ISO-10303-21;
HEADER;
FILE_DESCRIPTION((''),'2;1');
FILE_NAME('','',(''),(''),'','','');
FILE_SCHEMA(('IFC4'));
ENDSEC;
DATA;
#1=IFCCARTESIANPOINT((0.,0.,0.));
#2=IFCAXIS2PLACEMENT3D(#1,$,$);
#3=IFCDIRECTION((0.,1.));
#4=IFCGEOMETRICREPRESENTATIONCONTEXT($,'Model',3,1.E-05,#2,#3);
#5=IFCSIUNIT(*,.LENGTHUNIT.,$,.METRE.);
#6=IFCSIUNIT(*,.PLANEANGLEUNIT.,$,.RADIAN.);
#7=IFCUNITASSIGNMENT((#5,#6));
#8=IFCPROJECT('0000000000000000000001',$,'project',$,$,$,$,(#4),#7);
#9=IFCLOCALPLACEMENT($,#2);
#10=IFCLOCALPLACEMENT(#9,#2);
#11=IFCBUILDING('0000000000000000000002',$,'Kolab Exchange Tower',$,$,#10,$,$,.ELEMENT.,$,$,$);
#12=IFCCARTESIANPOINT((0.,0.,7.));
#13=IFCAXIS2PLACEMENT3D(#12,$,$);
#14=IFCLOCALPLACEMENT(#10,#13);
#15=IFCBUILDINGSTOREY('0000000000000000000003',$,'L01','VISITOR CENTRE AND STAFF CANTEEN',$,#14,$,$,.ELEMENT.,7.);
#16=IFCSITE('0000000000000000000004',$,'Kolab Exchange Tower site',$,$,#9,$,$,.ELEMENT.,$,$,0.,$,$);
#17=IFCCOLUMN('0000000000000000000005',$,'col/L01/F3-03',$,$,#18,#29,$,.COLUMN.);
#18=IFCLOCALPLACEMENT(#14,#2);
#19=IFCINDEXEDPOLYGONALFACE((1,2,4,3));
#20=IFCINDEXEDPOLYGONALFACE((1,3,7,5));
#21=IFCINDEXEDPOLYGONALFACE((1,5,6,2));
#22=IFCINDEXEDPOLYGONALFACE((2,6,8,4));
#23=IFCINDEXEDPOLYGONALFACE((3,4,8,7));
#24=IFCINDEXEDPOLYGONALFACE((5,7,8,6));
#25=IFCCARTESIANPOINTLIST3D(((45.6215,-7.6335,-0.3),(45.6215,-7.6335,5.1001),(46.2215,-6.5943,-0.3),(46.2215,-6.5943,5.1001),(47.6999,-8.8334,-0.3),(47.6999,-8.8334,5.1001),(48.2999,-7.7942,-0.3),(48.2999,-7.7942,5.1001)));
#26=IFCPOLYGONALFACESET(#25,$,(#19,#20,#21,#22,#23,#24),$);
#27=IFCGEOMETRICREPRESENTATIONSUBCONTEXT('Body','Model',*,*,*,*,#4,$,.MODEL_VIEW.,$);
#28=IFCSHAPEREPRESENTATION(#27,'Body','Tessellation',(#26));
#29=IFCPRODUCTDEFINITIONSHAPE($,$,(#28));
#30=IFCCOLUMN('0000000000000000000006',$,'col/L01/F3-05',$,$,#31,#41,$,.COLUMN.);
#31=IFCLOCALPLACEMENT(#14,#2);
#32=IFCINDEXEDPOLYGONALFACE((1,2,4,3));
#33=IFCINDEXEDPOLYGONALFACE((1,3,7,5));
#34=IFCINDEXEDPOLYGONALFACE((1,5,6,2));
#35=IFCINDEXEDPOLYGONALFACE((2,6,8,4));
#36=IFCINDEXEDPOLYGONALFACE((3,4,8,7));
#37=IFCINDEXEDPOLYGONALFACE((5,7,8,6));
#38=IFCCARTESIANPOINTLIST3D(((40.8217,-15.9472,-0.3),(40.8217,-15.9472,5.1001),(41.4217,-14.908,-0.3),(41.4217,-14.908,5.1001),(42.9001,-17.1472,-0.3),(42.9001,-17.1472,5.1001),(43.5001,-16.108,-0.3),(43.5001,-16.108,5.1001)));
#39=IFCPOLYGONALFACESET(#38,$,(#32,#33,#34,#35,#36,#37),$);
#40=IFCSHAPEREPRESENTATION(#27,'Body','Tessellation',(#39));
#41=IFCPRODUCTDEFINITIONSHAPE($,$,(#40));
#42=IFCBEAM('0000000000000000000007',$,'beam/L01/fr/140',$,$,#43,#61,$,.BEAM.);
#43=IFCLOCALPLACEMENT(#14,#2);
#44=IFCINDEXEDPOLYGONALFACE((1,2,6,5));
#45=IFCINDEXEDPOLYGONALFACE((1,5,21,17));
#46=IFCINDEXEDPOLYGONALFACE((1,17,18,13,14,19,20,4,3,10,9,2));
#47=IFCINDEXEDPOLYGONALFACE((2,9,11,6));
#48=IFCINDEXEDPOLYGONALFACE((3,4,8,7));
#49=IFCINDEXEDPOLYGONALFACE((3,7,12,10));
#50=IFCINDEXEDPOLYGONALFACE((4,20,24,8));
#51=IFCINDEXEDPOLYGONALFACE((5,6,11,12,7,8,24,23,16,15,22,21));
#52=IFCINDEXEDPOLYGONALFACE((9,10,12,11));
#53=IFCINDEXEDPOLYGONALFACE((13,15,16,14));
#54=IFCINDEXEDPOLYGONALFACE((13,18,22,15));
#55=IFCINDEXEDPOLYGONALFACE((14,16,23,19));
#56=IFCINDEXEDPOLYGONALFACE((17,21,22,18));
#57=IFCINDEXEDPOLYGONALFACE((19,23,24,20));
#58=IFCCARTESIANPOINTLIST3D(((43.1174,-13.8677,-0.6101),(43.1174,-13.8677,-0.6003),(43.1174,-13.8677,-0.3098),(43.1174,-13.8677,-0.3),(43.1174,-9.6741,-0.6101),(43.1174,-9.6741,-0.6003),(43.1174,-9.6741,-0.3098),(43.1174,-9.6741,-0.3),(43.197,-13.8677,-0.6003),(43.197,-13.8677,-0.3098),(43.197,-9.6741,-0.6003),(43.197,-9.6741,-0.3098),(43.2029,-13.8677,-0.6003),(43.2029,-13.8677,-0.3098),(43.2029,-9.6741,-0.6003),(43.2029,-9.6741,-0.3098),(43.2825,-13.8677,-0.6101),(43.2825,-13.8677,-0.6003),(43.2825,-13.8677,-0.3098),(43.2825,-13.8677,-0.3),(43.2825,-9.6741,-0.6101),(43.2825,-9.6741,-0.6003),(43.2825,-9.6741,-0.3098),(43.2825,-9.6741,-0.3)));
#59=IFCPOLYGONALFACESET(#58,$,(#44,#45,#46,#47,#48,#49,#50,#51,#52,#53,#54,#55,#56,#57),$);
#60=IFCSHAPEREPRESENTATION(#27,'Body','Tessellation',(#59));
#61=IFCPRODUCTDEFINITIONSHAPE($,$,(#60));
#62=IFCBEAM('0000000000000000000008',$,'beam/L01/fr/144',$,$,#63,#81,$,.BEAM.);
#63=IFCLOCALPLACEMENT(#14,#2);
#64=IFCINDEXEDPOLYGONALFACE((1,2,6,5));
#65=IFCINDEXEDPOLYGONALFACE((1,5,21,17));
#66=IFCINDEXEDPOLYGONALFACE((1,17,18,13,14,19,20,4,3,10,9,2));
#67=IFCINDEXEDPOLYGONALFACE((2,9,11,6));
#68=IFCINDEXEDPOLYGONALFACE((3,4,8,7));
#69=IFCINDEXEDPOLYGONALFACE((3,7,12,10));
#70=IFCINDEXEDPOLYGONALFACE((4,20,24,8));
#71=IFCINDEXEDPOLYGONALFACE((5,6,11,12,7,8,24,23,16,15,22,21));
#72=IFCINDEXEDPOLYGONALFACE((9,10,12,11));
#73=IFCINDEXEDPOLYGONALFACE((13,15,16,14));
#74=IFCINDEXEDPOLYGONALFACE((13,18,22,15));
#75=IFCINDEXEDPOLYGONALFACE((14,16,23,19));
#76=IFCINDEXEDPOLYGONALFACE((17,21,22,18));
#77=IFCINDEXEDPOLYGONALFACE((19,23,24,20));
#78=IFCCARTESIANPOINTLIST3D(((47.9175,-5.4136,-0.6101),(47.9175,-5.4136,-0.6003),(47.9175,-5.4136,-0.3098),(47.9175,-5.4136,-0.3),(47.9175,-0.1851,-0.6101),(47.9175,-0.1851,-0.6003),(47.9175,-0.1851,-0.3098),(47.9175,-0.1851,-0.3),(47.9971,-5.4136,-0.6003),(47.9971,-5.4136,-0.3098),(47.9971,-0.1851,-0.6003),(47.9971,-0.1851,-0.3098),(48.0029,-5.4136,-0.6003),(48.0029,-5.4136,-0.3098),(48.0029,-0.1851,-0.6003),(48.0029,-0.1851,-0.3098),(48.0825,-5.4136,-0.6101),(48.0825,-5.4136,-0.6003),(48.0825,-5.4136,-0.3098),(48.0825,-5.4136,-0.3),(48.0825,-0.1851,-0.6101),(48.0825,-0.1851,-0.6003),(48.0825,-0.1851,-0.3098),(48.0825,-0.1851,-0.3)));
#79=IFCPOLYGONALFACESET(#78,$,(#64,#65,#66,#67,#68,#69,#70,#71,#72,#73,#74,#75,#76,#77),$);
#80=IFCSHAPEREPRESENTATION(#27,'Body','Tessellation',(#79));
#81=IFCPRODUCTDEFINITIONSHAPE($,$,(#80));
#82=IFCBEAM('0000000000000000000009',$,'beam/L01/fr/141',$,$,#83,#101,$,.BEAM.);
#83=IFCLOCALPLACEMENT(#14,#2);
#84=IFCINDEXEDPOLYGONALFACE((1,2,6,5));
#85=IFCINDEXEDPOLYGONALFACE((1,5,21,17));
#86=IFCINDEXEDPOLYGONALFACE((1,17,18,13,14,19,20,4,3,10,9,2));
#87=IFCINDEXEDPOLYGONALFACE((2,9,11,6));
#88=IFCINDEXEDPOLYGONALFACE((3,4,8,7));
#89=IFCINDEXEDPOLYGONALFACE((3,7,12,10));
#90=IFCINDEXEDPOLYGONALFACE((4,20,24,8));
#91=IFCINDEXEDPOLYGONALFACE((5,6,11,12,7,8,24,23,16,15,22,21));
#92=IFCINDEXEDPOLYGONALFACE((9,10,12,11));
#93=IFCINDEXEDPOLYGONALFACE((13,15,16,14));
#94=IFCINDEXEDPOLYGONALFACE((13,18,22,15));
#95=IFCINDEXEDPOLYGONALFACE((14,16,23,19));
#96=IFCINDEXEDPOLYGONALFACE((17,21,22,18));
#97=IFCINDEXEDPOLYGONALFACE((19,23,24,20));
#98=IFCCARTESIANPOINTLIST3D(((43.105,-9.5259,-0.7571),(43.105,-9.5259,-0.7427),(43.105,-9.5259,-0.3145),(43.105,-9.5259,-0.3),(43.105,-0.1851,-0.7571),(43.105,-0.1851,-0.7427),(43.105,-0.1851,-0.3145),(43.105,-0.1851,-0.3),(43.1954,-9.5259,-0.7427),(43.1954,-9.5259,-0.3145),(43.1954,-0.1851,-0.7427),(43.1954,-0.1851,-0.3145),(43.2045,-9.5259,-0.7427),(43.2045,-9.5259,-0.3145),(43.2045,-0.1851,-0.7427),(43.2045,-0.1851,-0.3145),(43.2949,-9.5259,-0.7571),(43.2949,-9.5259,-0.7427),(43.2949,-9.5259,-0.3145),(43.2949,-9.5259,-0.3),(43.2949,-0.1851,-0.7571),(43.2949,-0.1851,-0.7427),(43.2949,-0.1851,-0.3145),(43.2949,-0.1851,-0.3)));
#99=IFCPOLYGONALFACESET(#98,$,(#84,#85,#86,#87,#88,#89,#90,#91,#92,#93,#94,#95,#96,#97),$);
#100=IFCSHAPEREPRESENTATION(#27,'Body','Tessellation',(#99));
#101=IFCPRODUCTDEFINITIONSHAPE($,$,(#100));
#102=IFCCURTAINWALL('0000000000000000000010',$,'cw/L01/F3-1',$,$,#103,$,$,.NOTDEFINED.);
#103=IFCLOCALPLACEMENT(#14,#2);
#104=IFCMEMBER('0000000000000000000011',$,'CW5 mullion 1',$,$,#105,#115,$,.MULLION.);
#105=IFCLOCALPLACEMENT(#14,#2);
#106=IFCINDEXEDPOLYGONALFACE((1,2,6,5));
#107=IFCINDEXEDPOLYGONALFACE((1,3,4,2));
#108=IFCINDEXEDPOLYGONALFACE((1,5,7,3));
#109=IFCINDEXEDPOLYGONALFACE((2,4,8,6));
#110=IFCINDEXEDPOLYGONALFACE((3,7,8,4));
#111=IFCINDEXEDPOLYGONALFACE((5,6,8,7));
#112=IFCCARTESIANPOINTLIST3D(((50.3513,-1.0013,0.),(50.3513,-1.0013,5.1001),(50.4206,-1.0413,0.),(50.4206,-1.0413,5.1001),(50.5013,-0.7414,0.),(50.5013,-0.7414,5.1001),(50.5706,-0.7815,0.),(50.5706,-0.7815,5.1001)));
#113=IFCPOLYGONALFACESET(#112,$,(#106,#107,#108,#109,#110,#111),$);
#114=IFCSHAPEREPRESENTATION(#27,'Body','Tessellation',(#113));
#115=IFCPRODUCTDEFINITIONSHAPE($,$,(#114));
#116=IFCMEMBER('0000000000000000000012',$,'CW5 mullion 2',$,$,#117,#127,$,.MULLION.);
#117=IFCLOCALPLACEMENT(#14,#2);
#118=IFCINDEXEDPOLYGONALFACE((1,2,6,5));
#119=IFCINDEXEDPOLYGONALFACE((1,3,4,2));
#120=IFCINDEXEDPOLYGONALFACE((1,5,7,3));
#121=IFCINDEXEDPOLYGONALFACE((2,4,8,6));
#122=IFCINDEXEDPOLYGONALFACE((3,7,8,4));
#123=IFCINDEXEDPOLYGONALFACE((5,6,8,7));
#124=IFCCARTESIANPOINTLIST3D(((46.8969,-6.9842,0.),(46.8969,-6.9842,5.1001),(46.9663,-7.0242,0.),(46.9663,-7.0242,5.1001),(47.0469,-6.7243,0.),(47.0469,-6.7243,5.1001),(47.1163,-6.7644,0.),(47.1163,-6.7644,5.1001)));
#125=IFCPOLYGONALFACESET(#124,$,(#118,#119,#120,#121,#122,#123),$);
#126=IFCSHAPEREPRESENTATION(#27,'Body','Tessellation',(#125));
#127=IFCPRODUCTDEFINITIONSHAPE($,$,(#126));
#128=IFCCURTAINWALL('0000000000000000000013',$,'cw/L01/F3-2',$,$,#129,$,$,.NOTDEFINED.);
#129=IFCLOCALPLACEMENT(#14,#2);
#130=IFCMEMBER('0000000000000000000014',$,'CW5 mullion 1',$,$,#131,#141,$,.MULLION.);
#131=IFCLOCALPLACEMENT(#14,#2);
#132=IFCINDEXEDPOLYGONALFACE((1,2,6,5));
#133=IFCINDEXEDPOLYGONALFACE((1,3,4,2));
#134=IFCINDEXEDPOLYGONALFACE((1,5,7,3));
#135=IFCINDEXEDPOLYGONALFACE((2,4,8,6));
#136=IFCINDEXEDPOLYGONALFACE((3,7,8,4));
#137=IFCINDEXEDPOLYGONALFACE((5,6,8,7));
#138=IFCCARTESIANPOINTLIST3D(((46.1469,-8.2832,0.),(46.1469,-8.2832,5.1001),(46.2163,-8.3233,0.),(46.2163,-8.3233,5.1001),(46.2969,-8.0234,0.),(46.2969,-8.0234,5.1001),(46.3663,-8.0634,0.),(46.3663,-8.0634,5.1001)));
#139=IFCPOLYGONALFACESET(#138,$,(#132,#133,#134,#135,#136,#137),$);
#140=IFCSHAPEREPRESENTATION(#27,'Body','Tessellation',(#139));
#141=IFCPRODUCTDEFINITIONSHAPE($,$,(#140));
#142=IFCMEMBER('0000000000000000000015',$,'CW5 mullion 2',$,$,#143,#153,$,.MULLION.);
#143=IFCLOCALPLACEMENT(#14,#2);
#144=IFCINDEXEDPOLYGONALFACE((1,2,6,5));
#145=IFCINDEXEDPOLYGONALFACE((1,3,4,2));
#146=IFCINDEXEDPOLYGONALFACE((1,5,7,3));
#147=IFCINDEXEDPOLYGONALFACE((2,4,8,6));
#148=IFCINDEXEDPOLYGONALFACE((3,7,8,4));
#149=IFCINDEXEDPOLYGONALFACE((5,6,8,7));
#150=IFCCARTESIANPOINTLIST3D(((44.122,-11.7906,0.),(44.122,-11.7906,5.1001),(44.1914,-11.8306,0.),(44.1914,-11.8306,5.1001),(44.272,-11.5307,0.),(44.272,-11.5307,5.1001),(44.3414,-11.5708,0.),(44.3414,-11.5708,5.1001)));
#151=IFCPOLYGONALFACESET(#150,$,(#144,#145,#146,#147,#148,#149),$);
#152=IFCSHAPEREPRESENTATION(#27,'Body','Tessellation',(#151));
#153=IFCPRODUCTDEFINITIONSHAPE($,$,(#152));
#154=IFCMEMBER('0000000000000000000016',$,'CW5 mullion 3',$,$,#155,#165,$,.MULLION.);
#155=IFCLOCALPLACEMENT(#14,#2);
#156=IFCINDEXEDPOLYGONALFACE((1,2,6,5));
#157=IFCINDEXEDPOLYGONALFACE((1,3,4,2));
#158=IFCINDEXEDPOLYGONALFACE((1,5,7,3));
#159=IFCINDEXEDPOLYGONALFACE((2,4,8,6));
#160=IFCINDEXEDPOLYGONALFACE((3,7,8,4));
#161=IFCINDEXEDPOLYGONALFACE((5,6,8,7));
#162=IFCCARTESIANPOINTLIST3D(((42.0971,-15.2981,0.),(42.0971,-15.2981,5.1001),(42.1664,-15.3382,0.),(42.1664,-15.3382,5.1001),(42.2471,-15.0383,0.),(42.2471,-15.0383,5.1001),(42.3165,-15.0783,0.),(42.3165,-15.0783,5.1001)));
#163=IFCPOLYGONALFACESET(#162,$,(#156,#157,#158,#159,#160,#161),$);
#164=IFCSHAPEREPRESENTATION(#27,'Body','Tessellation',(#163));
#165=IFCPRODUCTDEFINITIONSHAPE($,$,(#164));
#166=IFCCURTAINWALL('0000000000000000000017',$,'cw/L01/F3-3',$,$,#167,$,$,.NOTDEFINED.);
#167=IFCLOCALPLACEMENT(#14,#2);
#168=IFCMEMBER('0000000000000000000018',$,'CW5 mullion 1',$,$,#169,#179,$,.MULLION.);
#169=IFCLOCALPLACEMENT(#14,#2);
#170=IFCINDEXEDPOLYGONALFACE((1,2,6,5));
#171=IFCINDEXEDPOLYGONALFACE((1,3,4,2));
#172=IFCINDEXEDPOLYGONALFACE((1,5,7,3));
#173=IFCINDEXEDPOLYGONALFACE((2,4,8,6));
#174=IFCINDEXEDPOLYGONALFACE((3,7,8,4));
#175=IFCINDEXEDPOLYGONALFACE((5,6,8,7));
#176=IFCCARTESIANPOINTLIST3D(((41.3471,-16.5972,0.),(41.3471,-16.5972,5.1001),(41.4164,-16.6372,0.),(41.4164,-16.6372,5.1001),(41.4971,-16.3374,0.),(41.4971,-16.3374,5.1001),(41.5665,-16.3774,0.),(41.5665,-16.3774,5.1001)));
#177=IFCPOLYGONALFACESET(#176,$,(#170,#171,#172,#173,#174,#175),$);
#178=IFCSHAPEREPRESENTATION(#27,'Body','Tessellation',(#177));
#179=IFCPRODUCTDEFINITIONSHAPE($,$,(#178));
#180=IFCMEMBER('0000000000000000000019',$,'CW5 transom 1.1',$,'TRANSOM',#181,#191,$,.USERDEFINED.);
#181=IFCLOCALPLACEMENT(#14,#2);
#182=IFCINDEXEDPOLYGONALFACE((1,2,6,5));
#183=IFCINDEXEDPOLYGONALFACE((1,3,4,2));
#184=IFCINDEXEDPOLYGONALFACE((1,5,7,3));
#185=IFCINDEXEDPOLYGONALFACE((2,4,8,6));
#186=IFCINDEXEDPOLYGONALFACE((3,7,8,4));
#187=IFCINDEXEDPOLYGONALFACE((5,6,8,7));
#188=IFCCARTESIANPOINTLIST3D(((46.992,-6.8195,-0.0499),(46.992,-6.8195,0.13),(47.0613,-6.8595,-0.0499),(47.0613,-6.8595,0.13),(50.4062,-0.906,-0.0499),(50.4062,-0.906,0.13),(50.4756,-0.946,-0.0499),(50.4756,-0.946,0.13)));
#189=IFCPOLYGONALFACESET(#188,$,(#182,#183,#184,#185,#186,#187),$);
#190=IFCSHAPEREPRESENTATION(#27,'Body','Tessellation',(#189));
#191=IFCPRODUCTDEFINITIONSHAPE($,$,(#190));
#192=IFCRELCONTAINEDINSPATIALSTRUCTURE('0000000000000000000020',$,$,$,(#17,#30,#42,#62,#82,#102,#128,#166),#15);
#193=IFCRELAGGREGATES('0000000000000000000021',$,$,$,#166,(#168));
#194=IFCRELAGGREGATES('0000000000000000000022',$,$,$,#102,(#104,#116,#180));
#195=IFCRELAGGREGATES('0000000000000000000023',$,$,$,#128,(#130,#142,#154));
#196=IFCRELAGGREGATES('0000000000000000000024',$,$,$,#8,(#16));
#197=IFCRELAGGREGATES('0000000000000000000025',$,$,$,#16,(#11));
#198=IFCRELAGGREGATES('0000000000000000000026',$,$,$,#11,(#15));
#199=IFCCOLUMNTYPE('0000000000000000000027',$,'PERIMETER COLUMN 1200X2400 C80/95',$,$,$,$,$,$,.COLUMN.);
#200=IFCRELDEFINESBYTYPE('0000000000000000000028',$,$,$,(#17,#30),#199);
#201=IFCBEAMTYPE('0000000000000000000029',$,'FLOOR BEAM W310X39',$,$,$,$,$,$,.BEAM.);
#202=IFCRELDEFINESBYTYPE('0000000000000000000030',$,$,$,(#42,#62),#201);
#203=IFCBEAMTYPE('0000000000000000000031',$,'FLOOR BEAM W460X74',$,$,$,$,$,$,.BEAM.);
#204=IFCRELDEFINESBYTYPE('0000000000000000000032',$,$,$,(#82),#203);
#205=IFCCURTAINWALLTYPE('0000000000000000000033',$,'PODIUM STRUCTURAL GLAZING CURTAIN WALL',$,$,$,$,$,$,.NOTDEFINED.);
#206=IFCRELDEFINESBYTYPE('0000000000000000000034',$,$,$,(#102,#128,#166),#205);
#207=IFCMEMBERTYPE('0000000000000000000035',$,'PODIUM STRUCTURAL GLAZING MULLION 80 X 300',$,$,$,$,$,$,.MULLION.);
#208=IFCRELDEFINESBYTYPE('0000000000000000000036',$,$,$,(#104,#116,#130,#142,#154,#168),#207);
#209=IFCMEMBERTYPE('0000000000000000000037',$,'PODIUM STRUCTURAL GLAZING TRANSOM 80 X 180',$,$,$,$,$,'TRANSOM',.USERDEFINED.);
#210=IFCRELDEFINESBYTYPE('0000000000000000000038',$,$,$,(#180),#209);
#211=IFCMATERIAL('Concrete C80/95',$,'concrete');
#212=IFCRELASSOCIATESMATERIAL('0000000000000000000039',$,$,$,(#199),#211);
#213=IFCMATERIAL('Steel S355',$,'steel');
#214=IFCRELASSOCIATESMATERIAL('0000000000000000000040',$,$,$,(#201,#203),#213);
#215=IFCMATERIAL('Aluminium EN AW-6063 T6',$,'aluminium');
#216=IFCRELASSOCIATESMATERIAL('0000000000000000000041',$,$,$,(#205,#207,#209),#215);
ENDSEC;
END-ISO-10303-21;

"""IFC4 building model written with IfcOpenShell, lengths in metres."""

from ifc_helpers import new_model, si_unit, direction, frame, origin, origin_2d, place, context, subcontext, project, spatial, rectangle, i_section, extrude, material, material_profile, profile_set, type_object, element, aggregate, save


model = new_model("IFC4")

# Units and contexts
model_context = context("Model", 3, precision=1e-05, world=origin(), true_north=direction((0.0, 1.0)))
body_context = subcontext(model_context, "Body", "Model", "MODEL_VIEW")
ifc_project = project(units=[si_unit("LENGTHUNIT", "METRE"), si_unit("PLANEANGLEUNIT", "RADIAN")], contexts=[model_context])

# Site, building, storey
site_placement = place(None, origin())
site = spatial("IfcSite", under=ifc_project, at=site_placement, Name="Kolab Exchange Tower site", CompositionType="ELEMENT", RefElevation=0.0)
building_placement = place(site_placement, origin())
building = spatial("IfcBuilding", under=site, at=building_placement, Name="Kolab Exchange Tower", CompositionType="ELEMENT")
storey_placement = place(building_placement, frame((0.0, 0.0, 7.0)))
storey = spatial("IfcBuildingStorey", under=building, at=storey_placement, Name="L01", Description="VISITOR CENTRE AND STAFF CANTEEN", CompositionType="ELEMENT", Elevation=7.0)

# Columns
ifc_material_1 = material(Name="Concrete C80/95", Category="concrete")
ifc_material_profile_1 = material_profile(ifc_material_1, rectangle(XDim=1.2, YDim=2.3999, at=origin_2d()), Name="RC1200X2400")
ifc_profile_set_1 = profile_set([ifc_material_profile_1], Name="Concrete C80/95")
column_type = type_object("IfcColumnType", Name="PERIMETER COLUMN 1200X2400 C80/95", PredefinedType="COLUMN", material=ifc_profile_set_1)
for number, where, z_axis, x_axis, name in (
    (1, (46.9607, -7.7139, -0.3), (0.0, 0.0, 1.0), (0.5, 0.866025, 0.0), "col/L01/F3-03"),
    (2, (42.1609, -16.0276, -0.3), (0.0, 0.0, 1.0), (0.5, 0.866025, 0.0), "col/L01/F3-05"),
):
    element("IfcColumn", number, at=place(storey_placement, frame(where, z_axis=z_axis, x_axis=x_axis)), inside=storey, type_object=column_type, Name=name, PredefinedType="COLUMN", context=body_context, shape_type="SweptSolid", body=[
        extrude(rectangle(XDim=1.2, YDim=2.3999, at=origin_2d()), origin(), (0.0, 0.0, 1.0), 5.4001),
    ])

# Beams
ifc_material_2 = material(Name="Steel S355", Category="steel")
ifc_material_profile_2 = material_profile(ifc_material_2, i_section(OverallWidth=0.165, OverallDepth=0.3101, WebThickness=0.0059, FlangeThickness=0.0098, at=origin_2d()), Name="W310X39")
ifc_profile_set_2 = profile_set([ifc_material_profile_2], Name="Steel S355")
beam_type_1 = type_object("IfcBeamType", Name="FLOOR BEAM W310X39", PredefinedType="BEAM", material=ifc_profile_set_2)
beam_1_placement = place(storey_placement, frame((43.2, -13.8677, -0.4551), z_axis=(0.0, 1.0, 0.0), x_axis=(-1.0, 0.0, 0.0)))
element("IfcBeam", 3, at=beam_1_placement, inside=storey, type_object=beam_type_1, Name="beam/L01/fr/140", PredefinedType="BEAM", context=body_context, shape_type="SweptSolid", body=[
    extrude(i_section(OverallWidth=0.165, OverallDepth=0.3101, WebThickness=0.0059, FlangeThickness=0.0098, at=origin_2d()), origin(), (0.0, 0.0, 1.0), 4.1936),
])
beam_2_placement = place(storey_placement, frame((48.0, -5.4136, -0.4551), z_axis=(0.0, 1.0, 0.0), x_axis=(-1.0, 0.0, 0.0)))
element("IfcBeam", 4, at=beam_2_placement, inside=storey, type_object=beam_type_1, Name="beam/L01/fr/144", PredefinedType="BEAM", context=body_context, shape_type="SweptSolid", body=[
    extrude(i_section(OverallWidth=0.165, OverallDepth=0.3101, WebThickness=0.0059, FlangeThickness=0.0098, at=origin_2d()), origin(), (0.0, 0.0, 1.0), 5.2285),
])
ifc_material_profile_3 = material_profile(ifc_material_2, i_section(OverallWidth=0.1899, OverallDepth=0.457, WebThickness=0.009, FlangeThickness=0.0144, at=origin_2d()), Name="W460X74")
ifc_profile_set_3 = profile_set([ifc_material_profile_3], Name="Steel S355")
beam_type_2 = type_object("IfcBeamType", Name="FLOOR BEAM W460X74", PredefinedType="BEAM", material=ifc_profile_set_3)
beam_3_placement = place(storey_placement, frame((43.2, -9.5259, -0.5286), z_axis=(0.0, 1.0, 0.0), x_axis=(-1.0, 0.0, 0.0)))
element("IfcBeam", 5, at=beam_3_placement, inside=storey, type_object=beam_type_2, Name="beam/L01/fr/141", PredefinedType="BEAM", context=body_context, shape_type="SweptSolid", body=[
    extrude(i_section(OverallWidth=0.1899, OverallDepth=0.457, WebThickness=0.009, FlangeThickness=0.0144, at=origin_2d()), origin(), (0.0, 0.0, 1.0), 9.3408),
])

# Curtain walls, members
ifc_material_3 = material(Name="Aluminium EN AW-6063 T6", Category="aluminium")
curtain_wall_type = type_object("IfcCurtainWallType", Name="PODIUM STRUCTURAL GLAZING CURTAIN WALL", PredefinedType="NOTDEFINED", material=ifc_material_3)
curtain_wall_1_placement = place(storey_placement, origin())
curtain_wall_1 = element("IfcCurtainWall", 6, at=curtain_wall_1_placement, inside=storey, type_object=curtain_wall_type, Name="cw/L01/F3-1", PredefinedType="NOTDEFINED")
ifc_material_profile_4 = material_profile(ifc_material_3, rectangle(XDim=0.0801, YDim=0.3, at=origin_2d()), Name="RECT 80X300")
ifc_profile_set_4 = profile_set([ifc_material_profile_4], Name="Aluminium EN AW-6063 T6")
member_type_1 = type_object("IfcMemberType", Name="PODIUM STRUCTURAL GLAZING MULLION 80 X 300", PredefinedType="MULLION", material=ifc_profile_set_4)
member_1_placement = place(storey_placement, frame((50.4609, -0.8914, 0.0), z_axis=(0.0, 0.0, 1.0), x_axis=(0.866025, -0.5, 0.0)))
member_1 = element("IfcMember", 7, at=member_1_placement, type_object=member_type_1, Name="CW5 mullion 1", PredefinedType="MULLION", context=body_context, shape_type="SweptSolid", body=[
    extrude(rectangle(XDim=0.0801, YDim=0.3, at=origin_2d()), origin(), (0.0, 0.0, 1.0), 5.1001),
])
member_2_placement = place(storey_placement, frame((47.0066, -6.8743, 0.0), z_axis=(0.0, 0.0, 1.0), x_axis=(0.866025, -0.5, 0.0)))
member_2 = element("IfcMember", 8, at=member_2_placement, type_object=member_type_1, Name="CW5 mullion 2", PredefinedType="MULLION", context=body_context, shape_type="SweptSolid", body=[
    extrude(rectangle(XDim=0.0801, YDim=0.3, at=origin_2d()), origin(), (0.0, 0.0, 1.0), 5.1001),
])
curtain_wall_2_placement = place(storey_placement, origin())
curtain_wall_2 = element("IfcCurtainWall", 9, at=curtain_wall_2_placement, inside=storey, type_object=curtain_wall_type, Name="cw/L01/F3-2", PredefinedType="NOTDEFINED")
member_3_placement = place(storey_placement, frame((46.2566, -8.1733, 0.0), z_axis=(0.0, 0.0, 1.0), x_axis=(0.866025, -0.5, 0.0)))
member_3 = element("IfcMember", 10, at=member_3_placement, type_object=member_type_1, Name="CW5 mullion 1", PredefinedType="MULLION", context=body_context, shape_type="SweptSolid", body=[
    extrude(rectangle(XDim=0.0801, YDim=0.3, at=origin_2d()), origin(), (0.0, 0.0, 1.0), 5.1001),
])
member_4_placement = place(storey_placement, frame((44.2317, -11.6807, 0.0), z_axis=(0.0, 0.0, 1.0), x_axis=(0.866025, -0.5, 0.0)))
member_4 = element("IfcMember", 11, at=member_4_placement, type_object=member_type_1, Name="CW5 mullion 2", PredefinedType="MULLION", context=body_context, shape_type="SweptSolid", body=[
    extrude(rectangle(XDim=0.0801, YDim=0.3, at=origin_2d()), origin(), (0.0, 0.0, 1.0), 5.1001),
])
member_5_placement = place(storey_placement, frame((42.2068, -15.1882, 0.0), z_axis=(0.0, 0.0, 1.0), x_axis=(0.866025, -0.5, 0.0)))
member_5 = element("IfcMember", 12, at=member_5_placement, type_object=member_type_1, Name="CW5 mullion 3", PredefinedType="MULLION", context=body_context, shape_type="SweptSolid", body=[
    extrude(rectangle(XDim=0.0801, YDim=0.3, at=origin_2d()), origin(), (0.0, 0.0, 1.0), 5.1001),
])

# Curtain wall, member
curtain_wall_3_placement = place(storey_placement, origin())
curtain_wall_3 = element("IfcCurtainWall", 13, at=curtain_wall_3_placement, inside=storey, type_object=curtain_wall_type, Name="cw/L01/F3-3", PredefinedType="NOTDEFINED")
member_6_placement = place(storey_placement, frame((41.4568, -16.4873, 0.0), z_axis=(0.0, 0.0, 1.0), x_axis=(0.866025, -0.5, 0.0)))
member_6 = element("IfcMember", 14, at=member_6_placement, type_object=member_type_1, Name="CW5 mullion 1", PredefinedType="MULLION", context=body_context, shape_type="SweptSolid", body=[
    extrude(rectangle(XDim=0.0801, YDim=0.3, at=origin_2d()), origin(), (0.0, 0.0, 1.0), 5.1001),
])

# Member
ifc_material_profile_5 = material_profile(ifc_material_3, rectangle(XDim=0.0801, YDim=0.1799, at=origin_2d()), Name="RECT 80X180")
ifc_profile_set_5 = profile_set([ifc_material_profile_5], Name="Aluminium EN AW-6063 T6")
member_type_2 = type_object("IfcMemberType", Name="PODIUM STRUCTURAL GLAZING TRANSOM 80 X 180", ElementType="TRANSOM", PredefinedType="USERDEFINED", material=ifc_profile_set_5)
member_7_placement = place(storey_placement, frame((50.4409, -0.926, 0.04), z_axis=(-0.500011, -0.866019, 0.0), x_axis=(0.866019, -0.500011, 0.0)))
member_7 = element("IfcMember", 15, at=member_7_placement, type_object=member_type_2, Name="CW5 transom 1.1", ObjectType="TRANSOM", PredefinedType="USERDEFINED", context=body_context, shape_type="SweptSolid", body=[
    extrude(rectangle(XDim=0.0801, YDim=0.1799, at=origin_2d()), origin(), (0.0, 0.0, 1.0), 6.8284),
])
aggregate(curtain_wall_3, [member_6])

aggregate(curtain_wall_1, [member_1, member_2, member_7])
aggregate(curtain_wall_2, [member_3, member_4, member_5])

save(model, "model.ifc")
